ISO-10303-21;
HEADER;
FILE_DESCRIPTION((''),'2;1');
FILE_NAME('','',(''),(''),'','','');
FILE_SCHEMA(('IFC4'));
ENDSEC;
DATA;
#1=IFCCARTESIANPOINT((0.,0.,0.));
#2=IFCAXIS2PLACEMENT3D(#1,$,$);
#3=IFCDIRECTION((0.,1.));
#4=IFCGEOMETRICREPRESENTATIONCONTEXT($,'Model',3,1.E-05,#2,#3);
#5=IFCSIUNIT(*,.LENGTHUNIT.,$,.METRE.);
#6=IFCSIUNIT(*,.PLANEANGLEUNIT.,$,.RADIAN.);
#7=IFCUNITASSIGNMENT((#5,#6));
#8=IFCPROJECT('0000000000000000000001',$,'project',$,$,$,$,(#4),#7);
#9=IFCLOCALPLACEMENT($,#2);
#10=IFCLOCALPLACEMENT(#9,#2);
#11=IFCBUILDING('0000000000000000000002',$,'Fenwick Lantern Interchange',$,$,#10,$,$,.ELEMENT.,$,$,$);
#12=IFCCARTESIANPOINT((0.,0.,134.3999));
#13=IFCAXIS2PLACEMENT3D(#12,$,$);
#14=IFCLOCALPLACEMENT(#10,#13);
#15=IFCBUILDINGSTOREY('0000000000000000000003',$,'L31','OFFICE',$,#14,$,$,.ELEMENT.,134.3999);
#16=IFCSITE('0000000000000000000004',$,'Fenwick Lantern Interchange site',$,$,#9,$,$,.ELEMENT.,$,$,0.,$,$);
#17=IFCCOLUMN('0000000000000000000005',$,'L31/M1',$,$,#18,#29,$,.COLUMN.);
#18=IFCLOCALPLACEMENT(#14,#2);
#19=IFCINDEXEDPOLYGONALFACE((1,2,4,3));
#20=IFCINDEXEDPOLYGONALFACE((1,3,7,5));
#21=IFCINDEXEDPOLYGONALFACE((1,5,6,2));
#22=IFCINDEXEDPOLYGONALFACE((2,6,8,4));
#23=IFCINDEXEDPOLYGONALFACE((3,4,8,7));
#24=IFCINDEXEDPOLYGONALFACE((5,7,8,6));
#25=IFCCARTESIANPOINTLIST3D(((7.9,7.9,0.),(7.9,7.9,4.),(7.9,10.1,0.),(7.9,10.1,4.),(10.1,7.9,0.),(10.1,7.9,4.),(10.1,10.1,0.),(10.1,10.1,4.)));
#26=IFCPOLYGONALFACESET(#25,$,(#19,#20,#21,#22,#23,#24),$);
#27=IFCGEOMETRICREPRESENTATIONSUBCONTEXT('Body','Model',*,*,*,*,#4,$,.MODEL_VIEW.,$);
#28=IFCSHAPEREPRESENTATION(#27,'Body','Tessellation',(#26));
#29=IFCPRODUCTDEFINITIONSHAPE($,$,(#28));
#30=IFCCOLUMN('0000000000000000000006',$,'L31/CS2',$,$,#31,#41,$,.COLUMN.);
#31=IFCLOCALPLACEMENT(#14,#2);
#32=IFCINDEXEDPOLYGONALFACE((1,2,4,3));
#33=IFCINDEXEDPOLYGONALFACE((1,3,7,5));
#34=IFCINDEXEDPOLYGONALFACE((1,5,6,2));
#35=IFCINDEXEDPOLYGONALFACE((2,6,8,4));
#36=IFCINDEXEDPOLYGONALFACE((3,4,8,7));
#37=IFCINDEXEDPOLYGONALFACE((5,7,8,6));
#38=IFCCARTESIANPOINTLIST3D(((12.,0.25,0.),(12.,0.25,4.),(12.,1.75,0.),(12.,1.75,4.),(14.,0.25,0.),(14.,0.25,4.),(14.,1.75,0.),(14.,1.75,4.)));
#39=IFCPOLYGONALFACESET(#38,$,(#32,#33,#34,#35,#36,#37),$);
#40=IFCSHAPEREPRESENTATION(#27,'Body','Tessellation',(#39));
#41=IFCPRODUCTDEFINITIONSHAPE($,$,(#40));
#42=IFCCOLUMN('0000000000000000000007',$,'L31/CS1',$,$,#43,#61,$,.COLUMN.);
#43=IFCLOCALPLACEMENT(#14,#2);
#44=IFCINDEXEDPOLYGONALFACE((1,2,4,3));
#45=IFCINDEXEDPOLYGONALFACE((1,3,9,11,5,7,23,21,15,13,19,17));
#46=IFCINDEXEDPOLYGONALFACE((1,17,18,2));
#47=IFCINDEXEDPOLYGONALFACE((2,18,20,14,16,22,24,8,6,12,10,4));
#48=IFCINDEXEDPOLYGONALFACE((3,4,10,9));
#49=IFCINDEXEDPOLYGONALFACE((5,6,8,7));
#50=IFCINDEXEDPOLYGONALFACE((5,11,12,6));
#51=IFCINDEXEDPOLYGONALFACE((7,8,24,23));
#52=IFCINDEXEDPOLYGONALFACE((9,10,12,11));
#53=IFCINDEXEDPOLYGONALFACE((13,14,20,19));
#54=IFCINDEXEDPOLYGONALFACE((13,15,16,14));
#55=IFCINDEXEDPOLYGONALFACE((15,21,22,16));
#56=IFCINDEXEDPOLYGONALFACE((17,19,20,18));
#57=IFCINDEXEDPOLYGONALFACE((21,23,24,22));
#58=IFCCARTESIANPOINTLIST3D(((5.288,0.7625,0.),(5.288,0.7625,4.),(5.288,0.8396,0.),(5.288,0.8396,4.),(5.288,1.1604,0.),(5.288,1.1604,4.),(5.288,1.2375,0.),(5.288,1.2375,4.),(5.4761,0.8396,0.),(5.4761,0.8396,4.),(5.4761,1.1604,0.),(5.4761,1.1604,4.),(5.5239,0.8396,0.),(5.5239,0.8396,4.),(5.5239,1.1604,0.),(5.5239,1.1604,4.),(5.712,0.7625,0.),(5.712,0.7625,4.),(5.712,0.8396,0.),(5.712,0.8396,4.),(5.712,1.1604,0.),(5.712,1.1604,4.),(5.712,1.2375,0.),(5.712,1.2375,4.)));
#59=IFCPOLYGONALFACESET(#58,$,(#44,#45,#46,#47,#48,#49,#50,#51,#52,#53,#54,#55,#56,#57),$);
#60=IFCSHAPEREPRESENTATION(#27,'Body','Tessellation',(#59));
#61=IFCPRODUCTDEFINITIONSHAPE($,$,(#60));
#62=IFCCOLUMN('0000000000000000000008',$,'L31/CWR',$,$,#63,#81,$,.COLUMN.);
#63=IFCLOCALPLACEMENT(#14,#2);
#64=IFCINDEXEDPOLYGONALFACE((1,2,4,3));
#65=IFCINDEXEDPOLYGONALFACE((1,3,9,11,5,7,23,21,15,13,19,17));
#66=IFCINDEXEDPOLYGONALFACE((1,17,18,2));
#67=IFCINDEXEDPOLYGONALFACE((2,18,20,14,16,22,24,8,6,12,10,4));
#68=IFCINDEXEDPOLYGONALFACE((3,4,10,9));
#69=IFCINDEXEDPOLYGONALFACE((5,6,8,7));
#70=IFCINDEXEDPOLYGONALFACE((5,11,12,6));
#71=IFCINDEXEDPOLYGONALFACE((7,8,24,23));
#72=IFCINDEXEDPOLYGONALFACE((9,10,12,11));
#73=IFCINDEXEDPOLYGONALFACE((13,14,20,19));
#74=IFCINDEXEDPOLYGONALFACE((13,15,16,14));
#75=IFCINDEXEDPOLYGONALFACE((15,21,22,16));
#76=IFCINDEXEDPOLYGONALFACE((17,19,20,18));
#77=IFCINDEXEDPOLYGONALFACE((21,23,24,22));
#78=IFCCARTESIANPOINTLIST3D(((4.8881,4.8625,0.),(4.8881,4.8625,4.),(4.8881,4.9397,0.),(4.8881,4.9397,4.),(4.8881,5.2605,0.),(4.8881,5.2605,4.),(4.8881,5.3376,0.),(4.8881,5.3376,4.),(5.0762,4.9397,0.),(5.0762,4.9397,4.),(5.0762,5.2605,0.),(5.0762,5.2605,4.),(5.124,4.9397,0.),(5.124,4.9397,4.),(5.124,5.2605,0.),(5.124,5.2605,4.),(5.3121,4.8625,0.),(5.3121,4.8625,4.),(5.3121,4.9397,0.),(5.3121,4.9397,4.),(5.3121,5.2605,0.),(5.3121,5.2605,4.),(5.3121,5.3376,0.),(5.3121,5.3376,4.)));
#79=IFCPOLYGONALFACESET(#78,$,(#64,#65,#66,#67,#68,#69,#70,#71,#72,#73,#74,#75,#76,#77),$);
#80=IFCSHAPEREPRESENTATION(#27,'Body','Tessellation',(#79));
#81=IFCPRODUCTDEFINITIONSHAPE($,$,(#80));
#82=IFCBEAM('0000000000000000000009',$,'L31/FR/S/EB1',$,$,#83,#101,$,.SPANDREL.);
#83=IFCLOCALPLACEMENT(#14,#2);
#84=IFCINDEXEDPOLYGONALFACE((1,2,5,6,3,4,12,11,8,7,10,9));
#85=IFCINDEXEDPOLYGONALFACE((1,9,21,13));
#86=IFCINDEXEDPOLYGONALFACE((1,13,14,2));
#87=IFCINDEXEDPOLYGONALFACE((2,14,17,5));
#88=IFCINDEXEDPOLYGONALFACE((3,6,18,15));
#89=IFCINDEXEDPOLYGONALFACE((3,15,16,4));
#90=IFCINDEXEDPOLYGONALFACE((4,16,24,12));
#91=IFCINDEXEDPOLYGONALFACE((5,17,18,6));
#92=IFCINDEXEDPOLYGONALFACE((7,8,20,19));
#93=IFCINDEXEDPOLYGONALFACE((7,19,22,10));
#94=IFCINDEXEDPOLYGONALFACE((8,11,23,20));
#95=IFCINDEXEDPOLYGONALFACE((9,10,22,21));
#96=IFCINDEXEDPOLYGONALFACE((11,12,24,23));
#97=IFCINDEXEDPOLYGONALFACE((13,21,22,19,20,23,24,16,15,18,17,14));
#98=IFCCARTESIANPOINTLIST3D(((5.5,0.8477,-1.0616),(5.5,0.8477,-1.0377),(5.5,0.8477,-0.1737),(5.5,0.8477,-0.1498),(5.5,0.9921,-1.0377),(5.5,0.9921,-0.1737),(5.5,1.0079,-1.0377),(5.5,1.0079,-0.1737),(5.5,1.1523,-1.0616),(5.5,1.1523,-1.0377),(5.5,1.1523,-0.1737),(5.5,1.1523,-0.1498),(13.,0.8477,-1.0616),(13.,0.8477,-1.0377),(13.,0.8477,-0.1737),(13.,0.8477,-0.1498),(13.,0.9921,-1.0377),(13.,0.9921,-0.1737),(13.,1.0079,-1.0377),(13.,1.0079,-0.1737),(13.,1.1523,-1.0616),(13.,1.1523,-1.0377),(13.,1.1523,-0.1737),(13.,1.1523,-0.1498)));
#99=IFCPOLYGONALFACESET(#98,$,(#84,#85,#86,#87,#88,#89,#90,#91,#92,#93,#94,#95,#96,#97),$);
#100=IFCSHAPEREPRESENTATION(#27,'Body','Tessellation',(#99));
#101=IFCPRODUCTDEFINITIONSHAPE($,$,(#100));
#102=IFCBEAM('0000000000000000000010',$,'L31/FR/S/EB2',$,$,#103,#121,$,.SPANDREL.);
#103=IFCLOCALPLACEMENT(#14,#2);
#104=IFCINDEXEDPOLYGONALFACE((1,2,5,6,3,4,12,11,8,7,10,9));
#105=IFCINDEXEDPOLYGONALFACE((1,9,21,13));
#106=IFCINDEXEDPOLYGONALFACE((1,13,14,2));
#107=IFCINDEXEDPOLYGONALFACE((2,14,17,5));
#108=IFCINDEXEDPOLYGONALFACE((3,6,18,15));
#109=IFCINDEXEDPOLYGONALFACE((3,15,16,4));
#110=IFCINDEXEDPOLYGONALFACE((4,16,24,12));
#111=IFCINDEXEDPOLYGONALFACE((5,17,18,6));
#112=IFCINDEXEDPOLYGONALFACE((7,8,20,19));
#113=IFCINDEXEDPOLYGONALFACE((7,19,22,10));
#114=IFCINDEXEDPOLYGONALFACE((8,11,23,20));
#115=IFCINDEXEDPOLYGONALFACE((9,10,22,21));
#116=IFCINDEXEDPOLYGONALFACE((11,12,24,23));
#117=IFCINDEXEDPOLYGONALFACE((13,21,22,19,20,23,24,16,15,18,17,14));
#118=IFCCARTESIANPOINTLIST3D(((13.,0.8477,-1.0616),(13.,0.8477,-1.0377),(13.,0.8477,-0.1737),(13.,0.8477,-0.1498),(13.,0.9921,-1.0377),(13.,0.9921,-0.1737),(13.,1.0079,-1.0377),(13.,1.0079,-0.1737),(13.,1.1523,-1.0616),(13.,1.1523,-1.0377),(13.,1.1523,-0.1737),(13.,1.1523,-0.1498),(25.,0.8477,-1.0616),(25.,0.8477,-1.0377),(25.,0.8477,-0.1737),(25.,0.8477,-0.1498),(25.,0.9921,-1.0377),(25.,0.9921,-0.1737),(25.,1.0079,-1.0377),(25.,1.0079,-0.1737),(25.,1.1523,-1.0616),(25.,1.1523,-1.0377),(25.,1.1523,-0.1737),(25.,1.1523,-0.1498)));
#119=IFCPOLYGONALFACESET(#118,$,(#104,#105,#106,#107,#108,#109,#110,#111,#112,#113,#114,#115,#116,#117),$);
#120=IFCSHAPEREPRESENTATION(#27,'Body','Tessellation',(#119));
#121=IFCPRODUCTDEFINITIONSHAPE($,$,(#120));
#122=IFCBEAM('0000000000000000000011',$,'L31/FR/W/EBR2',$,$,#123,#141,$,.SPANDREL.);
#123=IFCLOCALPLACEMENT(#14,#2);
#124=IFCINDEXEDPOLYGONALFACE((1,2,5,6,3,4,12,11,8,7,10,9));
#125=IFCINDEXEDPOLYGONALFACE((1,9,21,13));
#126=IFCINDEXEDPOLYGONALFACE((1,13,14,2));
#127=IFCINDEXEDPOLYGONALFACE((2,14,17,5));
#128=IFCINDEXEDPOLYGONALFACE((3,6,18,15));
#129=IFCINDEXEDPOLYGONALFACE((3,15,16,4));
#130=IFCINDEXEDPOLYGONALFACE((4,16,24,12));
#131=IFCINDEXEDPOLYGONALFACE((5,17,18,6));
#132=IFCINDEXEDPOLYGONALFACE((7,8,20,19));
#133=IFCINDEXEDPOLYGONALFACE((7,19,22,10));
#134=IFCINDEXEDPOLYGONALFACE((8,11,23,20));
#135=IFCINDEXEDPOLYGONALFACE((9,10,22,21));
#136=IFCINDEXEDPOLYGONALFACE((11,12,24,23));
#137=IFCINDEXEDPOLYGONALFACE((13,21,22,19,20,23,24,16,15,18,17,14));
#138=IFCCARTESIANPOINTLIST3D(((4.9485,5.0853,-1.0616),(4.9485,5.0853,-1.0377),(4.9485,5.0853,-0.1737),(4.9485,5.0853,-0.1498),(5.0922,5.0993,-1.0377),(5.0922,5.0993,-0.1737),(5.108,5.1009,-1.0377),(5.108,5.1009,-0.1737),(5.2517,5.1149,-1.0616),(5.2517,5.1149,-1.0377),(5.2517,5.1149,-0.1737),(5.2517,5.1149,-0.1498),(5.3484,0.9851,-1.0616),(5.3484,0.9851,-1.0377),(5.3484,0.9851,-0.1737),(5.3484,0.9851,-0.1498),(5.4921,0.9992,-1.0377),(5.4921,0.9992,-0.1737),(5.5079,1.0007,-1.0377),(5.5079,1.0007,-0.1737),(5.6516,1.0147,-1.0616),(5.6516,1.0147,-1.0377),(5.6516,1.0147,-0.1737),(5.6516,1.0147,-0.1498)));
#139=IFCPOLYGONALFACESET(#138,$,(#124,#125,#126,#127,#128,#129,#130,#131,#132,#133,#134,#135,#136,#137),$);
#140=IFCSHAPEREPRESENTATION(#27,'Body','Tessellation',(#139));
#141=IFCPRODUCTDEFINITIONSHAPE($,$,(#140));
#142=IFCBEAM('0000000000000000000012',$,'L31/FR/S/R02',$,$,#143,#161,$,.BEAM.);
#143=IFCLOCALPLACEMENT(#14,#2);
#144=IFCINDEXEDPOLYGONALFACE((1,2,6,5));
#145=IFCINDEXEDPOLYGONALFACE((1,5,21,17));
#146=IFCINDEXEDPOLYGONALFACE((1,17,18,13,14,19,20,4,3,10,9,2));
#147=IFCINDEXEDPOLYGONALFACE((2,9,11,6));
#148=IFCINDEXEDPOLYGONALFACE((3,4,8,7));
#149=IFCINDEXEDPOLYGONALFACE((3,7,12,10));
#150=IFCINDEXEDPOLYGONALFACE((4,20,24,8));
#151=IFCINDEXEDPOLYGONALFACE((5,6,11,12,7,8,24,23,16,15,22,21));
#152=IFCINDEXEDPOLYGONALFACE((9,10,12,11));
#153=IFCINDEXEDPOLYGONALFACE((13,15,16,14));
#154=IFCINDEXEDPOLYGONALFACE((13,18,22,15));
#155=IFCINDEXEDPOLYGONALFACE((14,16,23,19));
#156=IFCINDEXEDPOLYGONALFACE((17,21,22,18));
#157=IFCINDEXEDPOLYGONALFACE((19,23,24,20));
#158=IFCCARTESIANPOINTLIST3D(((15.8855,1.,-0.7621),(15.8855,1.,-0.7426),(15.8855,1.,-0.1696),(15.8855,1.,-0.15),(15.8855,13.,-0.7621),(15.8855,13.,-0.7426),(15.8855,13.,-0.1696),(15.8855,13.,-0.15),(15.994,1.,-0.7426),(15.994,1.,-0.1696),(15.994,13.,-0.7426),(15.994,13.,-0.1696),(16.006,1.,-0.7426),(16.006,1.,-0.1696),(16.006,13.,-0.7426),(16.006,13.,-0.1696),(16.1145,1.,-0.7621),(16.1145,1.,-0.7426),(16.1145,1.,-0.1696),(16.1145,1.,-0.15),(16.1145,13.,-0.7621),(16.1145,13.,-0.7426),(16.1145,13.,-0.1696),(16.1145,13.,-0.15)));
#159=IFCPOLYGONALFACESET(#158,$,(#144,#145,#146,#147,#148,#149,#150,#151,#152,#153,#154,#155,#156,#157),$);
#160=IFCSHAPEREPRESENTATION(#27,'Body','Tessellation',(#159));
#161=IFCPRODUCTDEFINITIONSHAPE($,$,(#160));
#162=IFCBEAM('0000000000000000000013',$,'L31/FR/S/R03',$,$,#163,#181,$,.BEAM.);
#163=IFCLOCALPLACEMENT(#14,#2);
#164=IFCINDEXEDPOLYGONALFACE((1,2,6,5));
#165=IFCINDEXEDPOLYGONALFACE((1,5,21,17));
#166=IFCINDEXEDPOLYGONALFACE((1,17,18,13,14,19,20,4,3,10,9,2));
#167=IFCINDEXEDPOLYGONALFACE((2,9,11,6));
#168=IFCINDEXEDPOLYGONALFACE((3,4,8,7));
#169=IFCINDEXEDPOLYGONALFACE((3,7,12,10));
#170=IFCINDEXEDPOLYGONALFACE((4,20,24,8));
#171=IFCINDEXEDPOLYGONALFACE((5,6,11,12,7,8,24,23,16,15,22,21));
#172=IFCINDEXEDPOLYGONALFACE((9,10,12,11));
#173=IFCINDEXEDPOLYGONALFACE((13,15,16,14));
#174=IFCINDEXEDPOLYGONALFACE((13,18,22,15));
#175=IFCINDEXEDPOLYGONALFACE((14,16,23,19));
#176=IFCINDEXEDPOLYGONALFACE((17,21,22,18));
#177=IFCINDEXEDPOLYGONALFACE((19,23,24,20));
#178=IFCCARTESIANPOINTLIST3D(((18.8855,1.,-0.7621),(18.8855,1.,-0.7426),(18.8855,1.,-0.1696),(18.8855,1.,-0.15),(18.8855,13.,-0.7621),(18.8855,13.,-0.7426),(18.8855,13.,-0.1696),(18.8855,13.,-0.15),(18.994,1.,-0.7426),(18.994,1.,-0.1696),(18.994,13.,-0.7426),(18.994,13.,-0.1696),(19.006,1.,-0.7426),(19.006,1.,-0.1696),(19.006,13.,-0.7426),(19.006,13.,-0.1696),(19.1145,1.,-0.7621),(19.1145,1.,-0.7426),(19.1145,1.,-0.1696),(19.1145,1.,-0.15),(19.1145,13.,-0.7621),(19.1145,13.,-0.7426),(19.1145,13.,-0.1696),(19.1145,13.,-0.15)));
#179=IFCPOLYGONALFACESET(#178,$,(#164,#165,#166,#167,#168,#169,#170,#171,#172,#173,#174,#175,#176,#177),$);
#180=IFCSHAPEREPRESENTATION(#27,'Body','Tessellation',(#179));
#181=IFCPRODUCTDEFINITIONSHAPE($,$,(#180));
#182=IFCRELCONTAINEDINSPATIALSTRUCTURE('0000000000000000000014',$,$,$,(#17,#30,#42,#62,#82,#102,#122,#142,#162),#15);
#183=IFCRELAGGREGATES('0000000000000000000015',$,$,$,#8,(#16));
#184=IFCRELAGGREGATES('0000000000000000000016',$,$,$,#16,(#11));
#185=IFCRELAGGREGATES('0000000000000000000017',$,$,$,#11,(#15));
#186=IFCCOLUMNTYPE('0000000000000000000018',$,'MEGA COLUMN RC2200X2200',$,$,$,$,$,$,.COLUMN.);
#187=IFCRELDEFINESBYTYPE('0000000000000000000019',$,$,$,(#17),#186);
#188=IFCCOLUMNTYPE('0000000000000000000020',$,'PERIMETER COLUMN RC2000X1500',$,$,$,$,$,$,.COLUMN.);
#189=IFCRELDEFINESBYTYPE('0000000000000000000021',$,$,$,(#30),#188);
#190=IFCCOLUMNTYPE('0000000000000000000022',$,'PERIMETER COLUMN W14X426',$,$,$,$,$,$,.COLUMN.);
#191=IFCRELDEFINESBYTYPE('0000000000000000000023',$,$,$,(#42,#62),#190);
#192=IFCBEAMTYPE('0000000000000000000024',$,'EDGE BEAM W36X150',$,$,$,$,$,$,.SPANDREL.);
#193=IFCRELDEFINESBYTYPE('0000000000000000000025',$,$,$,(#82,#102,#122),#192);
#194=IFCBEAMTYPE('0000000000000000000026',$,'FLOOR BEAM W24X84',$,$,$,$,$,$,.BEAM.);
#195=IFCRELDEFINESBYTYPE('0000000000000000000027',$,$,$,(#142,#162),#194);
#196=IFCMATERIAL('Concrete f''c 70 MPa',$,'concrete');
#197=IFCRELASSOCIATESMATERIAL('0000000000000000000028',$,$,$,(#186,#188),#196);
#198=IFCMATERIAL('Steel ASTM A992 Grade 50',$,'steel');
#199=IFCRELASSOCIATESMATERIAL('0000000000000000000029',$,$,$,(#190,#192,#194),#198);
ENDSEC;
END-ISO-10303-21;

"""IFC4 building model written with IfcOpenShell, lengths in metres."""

from ifc_helpers import new_model, si_unit, direction, frame, origin, origin_2d, place, context, subcontext, project, spatial, rectangle, i_section, extrude, material, material_profile, profile_set, type_object, element, save


model = new_model("IFC4")

# Units and contexts
model_context = context("Model", 3, precision=1e-05, world=origin(), true_north=direction((0.0, 1.0)))
body_context = subcontext(model_context, "Body", "Model", "MODEL_VIEW")
ifc_project = project(units=[si_unit("LENGTHUNIT", "METRE"), si_unit("PLANEANGLEUNIT", "RADIAN")], contexts=[model_context])

# Site, building, storey
site_placement = place(None, origin())
site = spatial("IfcSite", under=ifc_project, at=site_placement, Name="Fenwick Lantern Interchange site", CompositionType="ELEMENT", RefElevation=0.0)
building_placement = place(site_placement, origin())
building = spatial("IfcBuilding", under=site, at=building_placement, Name="Fenwick Lantern Interchange", CompositionType="ELEMENT")
storey_placement = place(building_placement, frame((0.0, 0.0, 134.3999)))
storey = spatial("IfcBuildingStorey", under=building, at=storey_placement, Name="L31", Description="OFFICE", CompositionType="ELEMENT", Elevation=134.3999)

# Columns
ifc_material_1 = material(Name="Concrete f'c 70 MPa", Category="concrete")
ifc_material_profile_1 = material_profile(ifc_material_1, rectangle(XDim=2.2, YDim=2.2, at=origin_2d()), Name="RC2200X2200")
ifc_profile_set_1 = profile_set([ifc_material_profile_1], Name="Concrete f'c 70 MPa")
column_type_1 = type_object("IfcColumnType", Name="MEGA COLUMN RC2200X2200", PredefinedType="COLUMN", material=ifc_profile_set_1)
column_1_placement = place(storey_placement, frame((9.0, 9.0, 0.0), z_axis=(0.0, 0.0, 1.0), x_axis=(1.0, 0.0, 0.0)))
element("IfcColumn", 1, at=column_1_placement, inside=storey, type_object=column_type_1, Name="L31/M1", PredefinedType="COLUMN", context=body_context, shape_type="SweptSolid", body=[
    extrude(rectangle(XDim=2.2, YDim=2.2, at=origin_2d()), origin(), (0.0, 0.0, 1.0), 4.0),
])
ifc_material_profile_2 = material_profile(ifc_material_1, rectangle(XDim=2.0, YDim=1.5, at=origin_2d()), Name="RC2000X1500")
ifc_profile_set_2 = profile_set([ifc_material_profile_2], Name="Concrete f'c 70 MPa")
column_type_2 = type_object("IfcColumnType", Name="PERIMETER COLUMN RC2000X1500", PredefinedType="COLUMN", material=ifc_profile_set_2)
column_2_placement = place(storey_placement, frame((13.0, 1.0, 0.0), z_axis=(0.0, 0.0, 1.0), x_axis=(1.0, 0.0, 0.0)))
element("IfcColumn", 2, at=column_2_placement, inside=storey, type_object=column_type_2, Name="L31/CS2", PredefinedType="COLUMN", context=body_context, shape_type="SweptSolid", body=[
    extrude(rectangle(XDim=2.0, YDim=1.5, at=origin_2d()), origin(), (0.0, 0.0, 1.0), 4.0),
])
ifc_material_2 = material(Name="Steel ASTM A992 Grade 50", Category="steel")
ifc_material_profile_3 = material_profile(ifc_material_2, i_section(OverallWidth=0.4241, OverallDepth=0.4751, WebThickness=0.0479, FlangeThickness=0.0771, at=origin_2d()), Name="W14X426")
ifc_profile_set_3 = profile_set([ifc_material_profile_3], Name="Steel ASTM A992 Grade 50")
column_type_3 = type_object("IfcColumnType", Name="PERIMETER COLUMN W14X426", PredefinedType="COLUMN", material=ifc_profile_set_3)
for number, where, z_axis, x_axis, name in (
    (3, (5.5, 1.0, 0.0), (0.0, 0.0, 1.0), (1.0, 0.0, 0.0), "L31/CS1"),
    (4, (5.1001, 5.1001, 0.0), (0.0, 0.0, 1.0), (1.0, 0.0, 0.0), "L31/CWR"),
):
    element("IfcColumn", number, at=place(storey_placement, frame(where, z_axis=z_axis, x_axis=x_axis)), inside=storey, type_object=column_type_3, Name=name, PredefinedType="COLUMN", context=body_context, shape_type="SweptSolid", body=[
        extrude(i_section(OverallWidth=0.4241, OverallDepth=0.4751, WebThickness=0.0479, FlangeThickness=0.0771, at=origin_2d()), origin(), (0.0, 0.0, 1.0), 4.0),
    ])

# Beams
ifc_material_profile_4 = material_profile(ifc_material_2, i_section(OverallWidth=0.3047, OverallDepth=0.9119, WebThickness=0.0159, FlangeThickness=0.0239, at=origin_2d()), Name="W36X150")
ifc_profile_set_4 = profile_set([ifc_material_profile_4], Name="Steel ASTM A992 Grade 50")
beam_type_1 = type_object("IfcBeamType", Name="EDGE BEAM W36X150", PredefinedType="SPANDREL", material=ifc_profile_set_4)
beam_1_placement = place(storey_placement, frame((5.5, 1.0, -0.6057), z_axis=(1.0, 0.0, 0.0), x_axis=(0.0, 1.0, 0.0)))
element("IfcBeam", 5, at=beam_1_placement, inside=storey, type_object=beam_type_1, Name="L31/FR/S/EB1", PredefinedType="SPANDREL", context=body_context, shape_type="SweptSolid", body=[
    extrude(i_section(OverallWidth=0.3047, OverallDepth=0.9119, WebThickness=0.0159, FlangeThickness=0.0239, at=origin_2d()), origin(), (0.0, 0.0, 1.0), 7.5),
])
beam_2_placement = place(storey_placement, frame((13.0, 1.0, -0.6057), z_axis=(1.0, 0.0, 0.0), x_axis=(0.0, 1.0, 0.0)))
element("IfcBeam", 6, at=beam_2_placement, inside=storey, type_object=beam_type_1, Name="L31/FR/S/EB2", PredefinedType="SPANDREL", context=body_context, shape_type="SweptSolid", body=[
    extrude(i_section(OverallWidth=0.3047, OverallDepth=0.9119, WebThickness=0.0159, FlangeThickness=0.0239, at=origin_2d()), origin(), (0.0, 0.0, 1.0), 12.0),
])
beam_3_placement = place(storey_placement, frame((5.1001, 5.1001, -0.6057), z_axis=(0.097074, -0.995277, 0.0), x_axis=(0.995277, 0.097074, 0.0)))
element("IfcBeam", 7, at=beam_3_placement, inside=storey, type_object=beam_type_1, Name="L31/FR/W/EBR2", PredefinedType="SPANDREL", context=body_context, shape_type="SweptSolid", body=[
    extrude(i_section(OverallWidth=0.3047, OverallDepth=0.9119, WebThickness=0.0159, FlangeThickness=0.0239, at=origin_2d()), origin(), (0.0, 0.0, 1.0), 4.1196),
])
ifc_material_profile_5 = material_profile(ifc_material_2, i_section(OverallWidth=0.229, OverallDepth=0.6121, WebThickness=0.012, FlangeThickness=0.0195, at=origin_2d()), Name="W24X84")
ifc_profile_set_5 = profile_set([ifc_material_profile_5], Name="Steel ASTM A992 Grade 50")
beam_type_2 = type_object("IfcBeamType", Name="FLOOR BEAM W24X84", PredefinedType="BEAM", material=ifc_profile_set_5)
for number, where, z_axis, x_axis, name in (
    (8, (16.0, 1.0, -0.4561), (0.0, 1.0, 0.0), (-1.0, 0.0, 0.0), "L31/FR/S/R02"),
    (9, (19.0, 1.0, -0.4561), (0.0, 1.0, 0.0), (-1.0, 0.0, 0.0), "L31/FR/S/R03"),
):
    element("IfcBeam", number, at=place(storey_placement, frame(where, z_axis=z_axis, x_axis=x_axis)), inside=storey, type_object=beam_type_2, Name=name, PredefinedType="BEAM", context=body_context, shape_type="SweptSolid", body=[
        extrude(i_section(OverallWidth=0.229, OverallDepth=0.6121, WebThickness=0.012, FlangeThickness=0.0195, at=origin_2d()), origin(), (0.0, 0.0, 1.0), 12.0),
    ])

save(model, "model.ifc")
